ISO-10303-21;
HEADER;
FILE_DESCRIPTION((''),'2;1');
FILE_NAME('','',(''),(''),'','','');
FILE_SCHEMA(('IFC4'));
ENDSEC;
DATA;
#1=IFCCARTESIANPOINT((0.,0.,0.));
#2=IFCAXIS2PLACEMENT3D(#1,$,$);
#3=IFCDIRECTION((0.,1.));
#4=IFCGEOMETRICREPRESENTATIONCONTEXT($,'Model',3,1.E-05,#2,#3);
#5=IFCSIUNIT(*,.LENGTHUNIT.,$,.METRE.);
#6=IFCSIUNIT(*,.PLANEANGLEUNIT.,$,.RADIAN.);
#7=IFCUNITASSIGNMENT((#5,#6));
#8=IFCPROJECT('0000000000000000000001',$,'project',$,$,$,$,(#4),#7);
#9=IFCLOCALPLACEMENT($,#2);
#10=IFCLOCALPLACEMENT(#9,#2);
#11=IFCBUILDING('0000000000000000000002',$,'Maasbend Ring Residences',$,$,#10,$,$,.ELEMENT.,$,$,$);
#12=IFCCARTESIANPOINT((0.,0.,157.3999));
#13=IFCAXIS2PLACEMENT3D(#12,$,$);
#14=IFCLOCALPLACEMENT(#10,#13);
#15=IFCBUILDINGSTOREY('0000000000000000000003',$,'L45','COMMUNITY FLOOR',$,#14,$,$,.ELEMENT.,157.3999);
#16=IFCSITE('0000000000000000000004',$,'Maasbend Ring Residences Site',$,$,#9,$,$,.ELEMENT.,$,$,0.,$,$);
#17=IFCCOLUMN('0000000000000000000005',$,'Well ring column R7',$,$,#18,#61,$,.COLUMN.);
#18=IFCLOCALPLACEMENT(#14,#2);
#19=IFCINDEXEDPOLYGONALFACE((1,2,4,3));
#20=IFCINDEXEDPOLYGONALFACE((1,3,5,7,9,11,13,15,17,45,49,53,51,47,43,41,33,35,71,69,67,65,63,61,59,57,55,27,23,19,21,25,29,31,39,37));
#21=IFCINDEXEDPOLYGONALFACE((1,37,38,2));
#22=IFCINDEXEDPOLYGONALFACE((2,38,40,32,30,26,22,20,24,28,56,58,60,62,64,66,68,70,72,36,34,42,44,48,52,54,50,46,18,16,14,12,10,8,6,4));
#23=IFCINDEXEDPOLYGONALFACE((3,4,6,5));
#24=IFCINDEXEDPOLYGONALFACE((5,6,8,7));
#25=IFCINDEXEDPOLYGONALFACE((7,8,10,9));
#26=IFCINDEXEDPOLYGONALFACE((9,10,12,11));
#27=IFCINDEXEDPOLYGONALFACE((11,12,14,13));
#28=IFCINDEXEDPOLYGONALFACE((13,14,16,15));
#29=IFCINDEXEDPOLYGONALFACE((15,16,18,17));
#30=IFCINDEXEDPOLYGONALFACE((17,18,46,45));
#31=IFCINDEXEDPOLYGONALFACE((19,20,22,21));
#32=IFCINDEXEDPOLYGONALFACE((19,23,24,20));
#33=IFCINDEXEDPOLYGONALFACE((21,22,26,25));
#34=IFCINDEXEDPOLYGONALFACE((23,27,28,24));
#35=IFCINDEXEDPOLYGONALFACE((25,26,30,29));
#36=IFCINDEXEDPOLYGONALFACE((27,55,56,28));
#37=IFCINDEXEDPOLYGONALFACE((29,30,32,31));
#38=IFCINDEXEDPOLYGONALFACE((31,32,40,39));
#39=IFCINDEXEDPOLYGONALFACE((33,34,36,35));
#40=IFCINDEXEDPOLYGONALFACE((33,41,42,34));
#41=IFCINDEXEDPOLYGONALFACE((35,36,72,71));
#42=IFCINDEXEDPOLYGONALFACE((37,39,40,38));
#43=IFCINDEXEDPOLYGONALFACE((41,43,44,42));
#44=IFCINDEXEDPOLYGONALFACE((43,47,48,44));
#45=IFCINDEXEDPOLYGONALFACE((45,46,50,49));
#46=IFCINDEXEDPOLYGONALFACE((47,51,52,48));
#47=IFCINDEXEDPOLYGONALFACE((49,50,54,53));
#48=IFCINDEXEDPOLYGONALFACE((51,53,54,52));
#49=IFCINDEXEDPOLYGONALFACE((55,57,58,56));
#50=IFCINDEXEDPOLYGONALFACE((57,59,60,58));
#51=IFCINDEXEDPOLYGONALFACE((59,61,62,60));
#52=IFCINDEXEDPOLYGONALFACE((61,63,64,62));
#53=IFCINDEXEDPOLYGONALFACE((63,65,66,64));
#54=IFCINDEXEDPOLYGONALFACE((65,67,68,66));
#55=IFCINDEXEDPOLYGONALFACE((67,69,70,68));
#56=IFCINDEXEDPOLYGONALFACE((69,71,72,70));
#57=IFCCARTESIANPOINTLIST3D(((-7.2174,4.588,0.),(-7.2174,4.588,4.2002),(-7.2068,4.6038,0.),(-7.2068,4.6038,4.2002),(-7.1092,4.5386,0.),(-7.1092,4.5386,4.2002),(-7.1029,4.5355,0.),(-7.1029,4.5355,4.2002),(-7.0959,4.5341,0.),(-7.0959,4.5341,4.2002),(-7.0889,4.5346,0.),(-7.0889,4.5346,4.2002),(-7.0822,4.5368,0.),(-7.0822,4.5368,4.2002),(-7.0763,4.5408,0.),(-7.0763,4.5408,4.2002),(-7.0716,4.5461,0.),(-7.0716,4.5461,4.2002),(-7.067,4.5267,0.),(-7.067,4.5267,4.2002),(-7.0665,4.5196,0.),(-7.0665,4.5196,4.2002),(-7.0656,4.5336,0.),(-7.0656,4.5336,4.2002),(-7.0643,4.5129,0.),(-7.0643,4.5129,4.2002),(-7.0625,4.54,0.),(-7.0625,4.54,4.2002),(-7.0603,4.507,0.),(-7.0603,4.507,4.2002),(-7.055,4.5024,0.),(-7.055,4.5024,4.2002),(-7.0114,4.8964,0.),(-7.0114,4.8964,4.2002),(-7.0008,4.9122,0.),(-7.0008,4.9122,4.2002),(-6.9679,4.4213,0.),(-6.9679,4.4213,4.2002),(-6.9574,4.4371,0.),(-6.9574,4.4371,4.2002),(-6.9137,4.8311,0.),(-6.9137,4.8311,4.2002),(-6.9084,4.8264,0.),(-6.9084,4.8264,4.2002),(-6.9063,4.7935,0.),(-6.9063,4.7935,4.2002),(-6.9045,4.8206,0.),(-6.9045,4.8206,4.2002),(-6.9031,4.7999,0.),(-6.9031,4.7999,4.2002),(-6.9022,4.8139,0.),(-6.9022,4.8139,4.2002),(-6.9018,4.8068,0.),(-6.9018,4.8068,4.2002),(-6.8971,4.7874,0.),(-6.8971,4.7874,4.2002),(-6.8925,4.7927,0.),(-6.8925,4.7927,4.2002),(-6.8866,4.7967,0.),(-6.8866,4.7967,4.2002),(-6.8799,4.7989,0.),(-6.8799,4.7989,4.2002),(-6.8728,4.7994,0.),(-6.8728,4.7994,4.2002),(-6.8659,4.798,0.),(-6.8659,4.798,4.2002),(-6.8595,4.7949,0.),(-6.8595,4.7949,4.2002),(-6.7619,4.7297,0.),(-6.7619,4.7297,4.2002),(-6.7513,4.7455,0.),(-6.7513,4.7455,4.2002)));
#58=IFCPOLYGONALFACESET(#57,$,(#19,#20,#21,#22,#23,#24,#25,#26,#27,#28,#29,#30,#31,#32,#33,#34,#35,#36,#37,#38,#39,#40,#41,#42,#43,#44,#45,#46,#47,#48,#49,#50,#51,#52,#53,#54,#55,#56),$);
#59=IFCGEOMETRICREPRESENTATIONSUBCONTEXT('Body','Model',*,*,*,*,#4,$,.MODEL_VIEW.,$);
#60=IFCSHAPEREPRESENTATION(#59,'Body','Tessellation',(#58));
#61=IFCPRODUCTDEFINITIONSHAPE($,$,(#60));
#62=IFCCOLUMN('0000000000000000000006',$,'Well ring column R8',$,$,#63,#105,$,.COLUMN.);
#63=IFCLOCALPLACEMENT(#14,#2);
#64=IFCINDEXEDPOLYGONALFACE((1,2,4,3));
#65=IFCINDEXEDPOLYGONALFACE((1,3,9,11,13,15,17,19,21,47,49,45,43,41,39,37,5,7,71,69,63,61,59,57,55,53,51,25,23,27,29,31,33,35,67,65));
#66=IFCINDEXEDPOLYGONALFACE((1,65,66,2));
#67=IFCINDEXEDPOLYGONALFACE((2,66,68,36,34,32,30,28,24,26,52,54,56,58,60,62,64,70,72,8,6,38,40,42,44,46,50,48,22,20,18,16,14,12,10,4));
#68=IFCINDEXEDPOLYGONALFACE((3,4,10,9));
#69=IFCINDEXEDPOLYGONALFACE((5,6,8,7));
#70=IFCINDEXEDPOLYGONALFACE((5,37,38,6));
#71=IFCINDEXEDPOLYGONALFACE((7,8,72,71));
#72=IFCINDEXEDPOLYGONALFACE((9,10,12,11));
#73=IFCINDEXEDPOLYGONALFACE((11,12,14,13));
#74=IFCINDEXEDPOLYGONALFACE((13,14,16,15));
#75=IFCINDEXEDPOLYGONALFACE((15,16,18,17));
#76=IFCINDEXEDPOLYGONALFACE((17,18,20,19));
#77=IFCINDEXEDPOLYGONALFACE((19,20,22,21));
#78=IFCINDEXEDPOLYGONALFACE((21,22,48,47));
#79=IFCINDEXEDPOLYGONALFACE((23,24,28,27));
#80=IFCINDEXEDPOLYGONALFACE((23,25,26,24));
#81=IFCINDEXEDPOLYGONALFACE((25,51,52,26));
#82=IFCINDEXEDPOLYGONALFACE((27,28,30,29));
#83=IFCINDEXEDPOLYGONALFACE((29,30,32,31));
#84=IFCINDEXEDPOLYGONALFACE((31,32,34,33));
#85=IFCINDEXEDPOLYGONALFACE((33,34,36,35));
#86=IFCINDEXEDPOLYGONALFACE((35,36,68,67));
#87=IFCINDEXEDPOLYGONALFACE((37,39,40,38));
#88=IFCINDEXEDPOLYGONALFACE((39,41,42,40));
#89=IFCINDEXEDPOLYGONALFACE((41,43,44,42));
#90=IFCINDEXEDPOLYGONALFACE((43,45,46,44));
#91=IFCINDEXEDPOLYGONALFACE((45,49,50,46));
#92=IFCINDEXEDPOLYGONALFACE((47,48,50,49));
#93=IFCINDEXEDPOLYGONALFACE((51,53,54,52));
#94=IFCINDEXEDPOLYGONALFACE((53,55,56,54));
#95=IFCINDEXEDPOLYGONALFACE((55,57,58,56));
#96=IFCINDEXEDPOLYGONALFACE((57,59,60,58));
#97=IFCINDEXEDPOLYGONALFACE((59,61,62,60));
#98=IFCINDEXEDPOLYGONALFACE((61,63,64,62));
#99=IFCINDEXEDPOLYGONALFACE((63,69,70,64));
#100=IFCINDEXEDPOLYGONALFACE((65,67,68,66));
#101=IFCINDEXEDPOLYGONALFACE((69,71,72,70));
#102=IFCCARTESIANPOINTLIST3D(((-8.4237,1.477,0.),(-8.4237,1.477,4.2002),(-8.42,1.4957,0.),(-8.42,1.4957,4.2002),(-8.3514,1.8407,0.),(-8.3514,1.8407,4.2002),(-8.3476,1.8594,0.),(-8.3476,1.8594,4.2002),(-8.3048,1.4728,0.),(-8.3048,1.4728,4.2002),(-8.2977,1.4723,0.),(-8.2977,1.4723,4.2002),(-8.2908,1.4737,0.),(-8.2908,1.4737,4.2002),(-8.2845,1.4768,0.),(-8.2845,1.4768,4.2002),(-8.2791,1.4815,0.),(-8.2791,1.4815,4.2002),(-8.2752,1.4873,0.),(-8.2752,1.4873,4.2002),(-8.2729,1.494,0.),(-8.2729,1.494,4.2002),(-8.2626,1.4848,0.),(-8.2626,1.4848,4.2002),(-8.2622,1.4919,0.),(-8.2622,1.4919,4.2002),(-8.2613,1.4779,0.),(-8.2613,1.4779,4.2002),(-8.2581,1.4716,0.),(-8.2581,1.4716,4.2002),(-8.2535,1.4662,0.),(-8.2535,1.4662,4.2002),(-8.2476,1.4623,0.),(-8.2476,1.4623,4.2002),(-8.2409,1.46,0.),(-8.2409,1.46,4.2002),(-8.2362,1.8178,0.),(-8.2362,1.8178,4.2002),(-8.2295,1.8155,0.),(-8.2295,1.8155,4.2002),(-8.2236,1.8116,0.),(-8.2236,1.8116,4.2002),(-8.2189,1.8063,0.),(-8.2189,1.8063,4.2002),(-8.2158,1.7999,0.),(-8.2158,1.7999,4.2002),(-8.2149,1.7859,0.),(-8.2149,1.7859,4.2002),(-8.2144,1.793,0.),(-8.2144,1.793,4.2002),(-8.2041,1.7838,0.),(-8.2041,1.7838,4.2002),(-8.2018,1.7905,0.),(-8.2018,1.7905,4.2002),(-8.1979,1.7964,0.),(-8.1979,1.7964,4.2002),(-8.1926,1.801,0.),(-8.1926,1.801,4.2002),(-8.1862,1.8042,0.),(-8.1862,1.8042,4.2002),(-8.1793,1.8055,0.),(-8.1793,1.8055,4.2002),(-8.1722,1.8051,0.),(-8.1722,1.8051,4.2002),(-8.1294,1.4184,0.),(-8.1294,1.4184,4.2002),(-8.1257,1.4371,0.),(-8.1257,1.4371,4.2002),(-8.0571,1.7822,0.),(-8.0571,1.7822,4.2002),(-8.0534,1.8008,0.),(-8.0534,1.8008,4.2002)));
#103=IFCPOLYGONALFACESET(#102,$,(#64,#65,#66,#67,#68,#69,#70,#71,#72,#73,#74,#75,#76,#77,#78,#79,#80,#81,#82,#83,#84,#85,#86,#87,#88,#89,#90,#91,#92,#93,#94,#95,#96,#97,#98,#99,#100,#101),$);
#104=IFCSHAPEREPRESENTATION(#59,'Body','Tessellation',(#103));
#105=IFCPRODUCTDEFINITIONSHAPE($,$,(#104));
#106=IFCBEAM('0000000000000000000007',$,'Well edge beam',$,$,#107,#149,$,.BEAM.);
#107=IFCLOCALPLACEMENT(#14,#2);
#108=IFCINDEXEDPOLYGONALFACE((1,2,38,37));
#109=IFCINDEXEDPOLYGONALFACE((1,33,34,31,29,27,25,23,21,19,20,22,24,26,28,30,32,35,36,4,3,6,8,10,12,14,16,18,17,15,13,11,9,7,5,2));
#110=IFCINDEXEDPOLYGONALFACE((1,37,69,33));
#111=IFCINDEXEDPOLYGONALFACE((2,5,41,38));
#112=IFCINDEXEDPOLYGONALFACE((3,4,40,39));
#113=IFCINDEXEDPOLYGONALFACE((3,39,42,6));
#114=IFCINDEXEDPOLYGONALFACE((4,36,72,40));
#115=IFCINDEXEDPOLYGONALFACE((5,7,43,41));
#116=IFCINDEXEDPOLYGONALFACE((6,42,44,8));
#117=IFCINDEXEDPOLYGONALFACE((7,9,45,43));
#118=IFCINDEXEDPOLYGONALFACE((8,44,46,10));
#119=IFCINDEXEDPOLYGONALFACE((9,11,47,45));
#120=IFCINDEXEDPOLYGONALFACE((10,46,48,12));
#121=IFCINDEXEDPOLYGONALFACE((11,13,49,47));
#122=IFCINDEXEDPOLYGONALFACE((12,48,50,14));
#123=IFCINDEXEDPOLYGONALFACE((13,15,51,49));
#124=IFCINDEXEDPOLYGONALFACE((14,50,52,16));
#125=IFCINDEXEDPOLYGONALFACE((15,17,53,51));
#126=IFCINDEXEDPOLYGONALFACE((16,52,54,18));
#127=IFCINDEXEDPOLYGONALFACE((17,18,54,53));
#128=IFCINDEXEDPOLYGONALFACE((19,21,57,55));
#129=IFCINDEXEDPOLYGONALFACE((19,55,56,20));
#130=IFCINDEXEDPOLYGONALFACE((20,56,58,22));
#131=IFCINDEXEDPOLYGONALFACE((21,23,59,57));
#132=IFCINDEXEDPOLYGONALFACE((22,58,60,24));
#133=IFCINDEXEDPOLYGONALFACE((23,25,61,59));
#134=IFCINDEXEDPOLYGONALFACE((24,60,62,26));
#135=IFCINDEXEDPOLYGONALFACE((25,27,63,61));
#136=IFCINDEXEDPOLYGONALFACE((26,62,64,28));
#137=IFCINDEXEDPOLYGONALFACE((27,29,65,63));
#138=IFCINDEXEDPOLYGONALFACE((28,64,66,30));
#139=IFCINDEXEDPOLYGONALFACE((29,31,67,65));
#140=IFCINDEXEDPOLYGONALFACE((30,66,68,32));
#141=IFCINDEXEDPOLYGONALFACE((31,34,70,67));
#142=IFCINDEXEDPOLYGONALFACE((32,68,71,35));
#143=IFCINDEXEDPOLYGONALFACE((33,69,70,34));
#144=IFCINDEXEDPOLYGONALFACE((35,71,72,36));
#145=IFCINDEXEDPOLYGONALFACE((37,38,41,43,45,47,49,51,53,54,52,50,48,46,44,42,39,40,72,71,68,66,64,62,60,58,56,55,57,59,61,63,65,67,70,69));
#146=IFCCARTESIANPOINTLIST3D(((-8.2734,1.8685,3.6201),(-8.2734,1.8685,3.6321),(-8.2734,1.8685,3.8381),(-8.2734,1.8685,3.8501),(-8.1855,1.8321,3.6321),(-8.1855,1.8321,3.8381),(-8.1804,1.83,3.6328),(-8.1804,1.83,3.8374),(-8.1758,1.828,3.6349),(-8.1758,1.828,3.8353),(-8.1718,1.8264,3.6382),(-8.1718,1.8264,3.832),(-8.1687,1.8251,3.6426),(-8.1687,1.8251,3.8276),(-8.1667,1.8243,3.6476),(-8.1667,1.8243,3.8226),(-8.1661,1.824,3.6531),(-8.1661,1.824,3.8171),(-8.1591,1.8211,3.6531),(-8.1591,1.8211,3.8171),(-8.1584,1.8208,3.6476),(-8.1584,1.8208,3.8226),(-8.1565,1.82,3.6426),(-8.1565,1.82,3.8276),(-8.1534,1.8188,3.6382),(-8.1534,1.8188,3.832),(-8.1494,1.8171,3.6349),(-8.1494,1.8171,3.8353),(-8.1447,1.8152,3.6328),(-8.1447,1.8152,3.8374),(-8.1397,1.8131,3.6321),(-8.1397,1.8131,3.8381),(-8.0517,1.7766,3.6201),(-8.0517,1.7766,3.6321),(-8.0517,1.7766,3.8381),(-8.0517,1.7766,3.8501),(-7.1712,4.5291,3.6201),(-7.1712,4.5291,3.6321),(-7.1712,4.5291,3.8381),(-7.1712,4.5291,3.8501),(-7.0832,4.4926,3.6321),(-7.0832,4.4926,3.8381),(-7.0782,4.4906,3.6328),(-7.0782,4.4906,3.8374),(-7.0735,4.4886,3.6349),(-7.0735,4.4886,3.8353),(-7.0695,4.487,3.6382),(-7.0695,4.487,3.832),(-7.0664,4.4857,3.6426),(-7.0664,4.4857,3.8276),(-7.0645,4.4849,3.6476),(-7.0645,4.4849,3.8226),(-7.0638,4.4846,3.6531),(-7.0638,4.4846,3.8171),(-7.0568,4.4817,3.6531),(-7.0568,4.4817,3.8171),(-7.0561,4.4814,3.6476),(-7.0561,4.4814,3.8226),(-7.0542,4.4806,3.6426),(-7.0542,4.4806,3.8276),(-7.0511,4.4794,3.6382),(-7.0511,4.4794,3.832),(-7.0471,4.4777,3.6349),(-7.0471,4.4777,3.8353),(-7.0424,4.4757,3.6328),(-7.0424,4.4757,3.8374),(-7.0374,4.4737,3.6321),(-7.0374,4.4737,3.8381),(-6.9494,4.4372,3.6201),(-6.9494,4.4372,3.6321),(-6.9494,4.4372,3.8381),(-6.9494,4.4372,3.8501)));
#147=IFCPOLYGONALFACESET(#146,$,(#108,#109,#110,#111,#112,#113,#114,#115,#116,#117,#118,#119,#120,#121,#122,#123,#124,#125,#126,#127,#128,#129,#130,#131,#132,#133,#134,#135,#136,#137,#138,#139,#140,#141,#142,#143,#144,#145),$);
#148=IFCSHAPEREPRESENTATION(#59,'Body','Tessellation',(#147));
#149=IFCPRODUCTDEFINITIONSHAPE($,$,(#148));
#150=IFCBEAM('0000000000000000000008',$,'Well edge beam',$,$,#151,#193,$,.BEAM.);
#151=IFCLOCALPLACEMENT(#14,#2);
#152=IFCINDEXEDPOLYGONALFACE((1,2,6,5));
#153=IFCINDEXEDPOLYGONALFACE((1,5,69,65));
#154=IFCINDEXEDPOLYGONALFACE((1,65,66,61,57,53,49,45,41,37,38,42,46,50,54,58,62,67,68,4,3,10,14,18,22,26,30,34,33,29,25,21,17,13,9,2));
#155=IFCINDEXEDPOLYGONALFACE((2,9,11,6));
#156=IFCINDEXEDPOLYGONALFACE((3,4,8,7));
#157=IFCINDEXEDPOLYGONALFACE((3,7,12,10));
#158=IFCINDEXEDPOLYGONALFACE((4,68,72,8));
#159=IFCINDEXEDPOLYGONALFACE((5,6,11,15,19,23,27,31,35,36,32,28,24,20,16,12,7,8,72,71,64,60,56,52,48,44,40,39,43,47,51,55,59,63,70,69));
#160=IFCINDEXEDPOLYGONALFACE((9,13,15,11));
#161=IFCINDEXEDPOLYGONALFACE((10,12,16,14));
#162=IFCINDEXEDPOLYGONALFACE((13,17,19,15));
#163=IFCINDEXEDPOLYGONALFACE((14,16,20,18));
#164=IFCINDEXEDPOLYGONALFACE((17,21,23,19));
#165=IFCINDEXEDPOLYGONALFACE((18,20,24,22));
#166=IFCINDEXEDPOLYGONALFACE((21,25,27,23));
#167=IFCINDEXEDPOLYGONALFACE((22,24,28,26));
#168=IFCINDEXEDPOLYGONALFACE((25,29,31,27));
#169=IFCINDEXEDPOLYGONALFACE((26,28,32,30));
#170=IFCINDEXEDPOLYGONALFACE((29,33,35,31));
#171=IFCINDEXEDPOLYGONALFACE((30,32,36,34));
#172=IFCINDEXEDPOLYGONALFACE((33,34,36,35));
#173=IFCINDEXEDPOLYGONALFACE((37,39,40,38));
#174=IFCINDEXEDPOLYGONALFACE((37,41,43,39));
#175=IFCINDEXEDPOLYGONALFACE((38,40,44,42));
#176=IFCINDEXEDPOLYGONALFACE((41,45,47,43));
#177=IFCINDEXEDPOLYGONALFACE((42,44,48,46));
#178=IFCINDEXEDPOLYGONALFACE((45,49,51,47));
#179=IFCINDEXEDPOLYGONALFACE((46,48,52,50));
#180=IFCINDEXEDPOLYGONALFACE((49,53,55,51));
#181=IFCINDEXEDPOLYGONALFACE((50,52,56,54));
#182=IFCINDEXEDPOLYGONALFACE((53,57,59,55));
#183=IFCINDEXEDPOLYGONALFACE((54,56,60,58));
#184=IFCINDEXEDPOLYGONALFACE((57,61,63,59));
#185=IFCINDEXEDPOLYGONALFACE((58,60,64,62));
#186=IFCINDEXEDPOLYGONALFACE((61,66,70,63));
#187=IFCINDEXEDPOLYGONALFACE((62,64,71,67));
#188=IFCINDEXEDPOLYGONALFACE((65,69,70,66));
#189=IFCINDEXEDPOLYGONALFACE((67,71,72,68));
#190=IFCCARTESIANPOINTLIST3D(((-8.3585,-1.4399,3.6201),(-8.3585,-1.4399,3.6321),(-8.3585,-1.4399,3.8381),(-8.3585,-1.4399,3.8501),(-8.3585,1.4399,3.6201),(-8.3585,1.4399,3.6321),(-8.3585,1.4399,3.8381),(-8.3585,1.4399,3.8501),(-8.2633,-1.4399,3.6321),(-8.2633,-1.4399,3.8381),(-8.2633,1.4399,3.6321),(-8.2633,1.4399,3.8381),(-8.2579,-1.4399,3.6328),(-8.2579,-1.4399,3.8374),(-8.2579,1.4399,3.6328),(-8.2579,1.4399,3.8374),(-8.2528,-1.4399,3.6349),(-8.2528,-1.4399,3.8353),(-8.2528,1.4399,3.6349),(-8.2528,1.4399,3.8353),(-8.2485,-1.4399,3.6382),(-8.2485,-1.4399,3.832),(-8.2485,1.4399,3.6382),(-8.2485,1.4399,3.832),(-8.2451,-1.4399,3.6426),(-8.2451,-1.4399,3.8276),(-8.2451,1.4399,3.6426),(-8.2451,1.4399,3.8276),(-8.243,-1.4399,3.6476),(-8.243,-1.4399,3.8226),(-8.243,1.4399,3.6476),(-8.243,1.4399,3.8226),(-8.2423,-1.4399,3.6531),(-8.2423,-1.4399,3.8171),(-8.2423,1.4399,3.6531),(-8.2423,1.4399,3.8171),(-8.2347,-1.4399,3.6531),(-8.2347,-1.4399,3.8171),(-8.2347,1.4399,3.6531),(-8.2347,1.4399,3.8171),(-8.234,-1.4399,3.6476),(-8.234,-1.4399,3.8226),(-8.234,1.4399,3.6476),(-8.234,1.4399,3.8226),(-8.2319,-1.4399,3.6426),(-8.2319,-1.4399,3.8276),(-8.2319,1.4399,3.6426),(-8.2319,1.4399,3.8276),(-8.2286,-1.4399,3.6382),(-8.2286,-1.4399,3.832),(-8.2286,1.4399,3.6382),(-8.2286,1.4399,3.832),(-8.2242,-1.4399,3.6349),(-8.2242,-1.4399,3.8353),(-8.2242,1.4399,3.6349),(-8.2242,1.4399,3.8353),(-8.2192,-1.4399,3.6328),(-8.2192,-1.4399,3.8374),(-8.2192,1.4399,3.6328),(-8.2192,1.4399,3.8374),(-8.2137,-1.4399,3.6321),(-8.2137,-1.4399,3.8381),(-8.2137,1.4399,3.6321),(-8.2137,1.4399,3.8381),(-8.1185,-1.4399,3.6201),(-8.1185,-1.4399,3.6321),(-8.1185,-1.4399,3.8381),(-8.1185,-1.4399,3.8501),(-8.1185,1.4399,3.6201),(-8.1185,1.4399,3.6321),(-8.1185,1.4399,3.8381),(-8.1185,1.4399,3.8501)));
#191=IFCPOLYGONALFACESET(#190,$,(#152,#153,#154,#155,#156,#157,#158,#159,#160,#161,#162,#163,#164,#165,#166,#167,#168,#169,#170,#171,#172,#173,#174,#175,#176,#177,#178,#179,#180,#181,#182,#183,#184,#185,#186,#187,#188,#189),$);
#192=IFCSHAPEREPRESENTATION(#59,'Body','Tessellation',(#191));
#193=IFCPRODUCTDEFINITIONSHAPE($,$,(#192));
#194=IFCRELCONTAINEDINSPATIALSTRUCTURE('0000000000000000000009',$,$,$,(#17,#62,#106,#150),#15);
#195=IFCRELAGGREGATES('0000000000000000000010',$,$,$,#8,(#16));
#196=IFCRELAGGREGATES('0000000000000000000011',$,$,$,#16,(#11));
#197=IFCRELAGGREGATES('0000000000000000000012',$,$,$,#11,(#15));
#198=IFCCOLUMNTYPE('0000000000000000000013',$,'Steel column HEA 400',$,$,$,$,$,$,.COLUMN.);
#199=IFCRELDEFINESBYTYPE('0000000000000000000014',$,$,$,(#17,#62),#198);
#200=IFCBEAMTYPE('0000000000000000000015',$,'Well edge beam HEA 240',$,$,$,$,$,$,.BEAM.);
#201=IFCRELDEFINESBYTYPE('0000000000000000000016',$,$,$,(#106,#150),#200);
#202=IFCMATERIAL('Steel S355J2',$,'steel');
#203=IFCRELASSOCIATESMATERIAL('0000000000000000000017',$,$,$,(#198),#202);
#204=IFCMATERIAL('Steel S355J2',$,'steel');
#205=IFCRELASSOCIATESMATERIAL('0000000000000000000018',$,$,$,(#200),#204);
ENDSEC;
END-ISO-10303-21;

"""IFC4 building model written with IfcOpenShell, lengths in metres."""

from ifc_helpers import new_model, si_unit, direction, frame, origin, origin_2d, place, context, subcontext, project, spatial, i_section, extrude, material, material_profile, profile_set, type_object, element, save


model = new_model("IFC4")

# Units and contexts
model_context = context("Model", 3, precision=1e-05, world=origin(), true_north=direction((0.0, 1.0)))
body_context = subcontext(model_context, "Body", "Model", "MODEL_VIEW")
ifc_project = project(units=[si_unit("LENGTHUNIT", "METRE"), si_unit("PLANEANGLEUNIT", "RADIAN")], contexts=[model_context])

# Site, building, storey
site_placement = place(None, origin())
site = spatial("IfcSite", under=ifc_project, at=site_placement, Name="Maasbend Ring Residences Site", CompositionType="ELEMENT", RefElevation=0.0)
building_placement = place(site_placement, origin())
building = spatial("IfcBuilding", under=site, at=building_placement, Name="Maasbend Ring Residences", CompositionType="ELEMENT")
storey_placement = place(building_placement, frame((0.0, 0.0, 157.3999)))
storey = spatial("IfcBuildingStorey", under=building, at=storey_placement, Name="L45", Description="COMMUNITY FLOOR", CompositionType="ELEMENT", Elevation=157.3999)

# Columns
ifc_material_1 = material(Name="Steel S355J2", Category="steel")
ifc_material_profile_1 = material_profile(ifc_material_1, i_section(OverallWidth=0.3, OverallDepth=0.3899, WebThickness=0.011, FlangeThickness=0.019, FilletRadius=0.0271, at=origin_2d()), Name="HEA 400")
ifc_profile_set_1 = profile_set([ifc_material_profile_1], Name="Steel S355J2")
column_type = type_object("IfcColumnType", Name="Steel column HEA 400", PredefinedType="COLUMN", material=ifc_profile_set_1)
for number, where, z_axis, x_axis, name in (
    (1, (-6.9844, 4.6667, 0.0), (0.0, 0.0, 1.0), (-0.83147, 0.55557, 0.0), "Well ring column R7"),
    (2, (-8.2385, 1.6389, 0.0), (0.0, 0.0, 1.0), (-0.980785, 0.19509, 0.0), "Well ring column R8"),
):
    element("IfcColumn", number, at=place(storey_placement, frame(where, z_axis=z_axis, x_axis=x_axis)), inside=storey, type_object=column_type, Name=name, PredefinedType="COLUMN", context=body_context, shape_type="SweptSolid", body=[
        extrude(i_section(OverallWidth=0.3, OverallDepth=0.3899, WebThickness=0.011, FlangeThickness=0.019, FilletRadius=0.0271, at=origin_2d()), origin(), (0.0, 0.0, 1.0), 4.2002),
    ])

# Beams
ifc_material_2 = material(Name="Steel S355J2", Category="steel")
ifc_material_profile_2 = material_profile(ifc_material_2, i_section(OverallWidth=0.24, OverallDepth=0.23, WebThickness=0.0076, FlangeThickness=0.012, FilletRadius=0.021, at=origin_2d()), Name="HEA 240")
ifc_profile_set_2 = profile_set([ifc_material_profile_2], Name="Steel S355J2")
beam_type = type_object("IfcBeamType", Name="Well edge beam HEA 240", PredefinedType="BEAM", material=ifc_profile_set_2)
for number, where, z_axis, x_axis, name in (
    (3, (-7.0603, 4.4832, 3.7351), (-0.382749, -0.923853, 0.0), (0.923853, -0.382749, 0.0), "Well edge beam"),
    (4, (-8.2385, 1.4399, 3.7351), (0.0, -1.0, 0.0), (1.0, 0.0, 0.0), "Well edge beam"),
):
    element("IfcBeam", number, at=place(storey_placement, frame(where, z_axis=z_axis, x_axis=x_axis)), inside=storey, type_object=beam_type, Name=name, PredefinedType="BEAM", context=body_context, shape_type="SweptSolid", body=[
        extrude(i_section(OverallWidth=0.24, OverallDepth=0.23, WebThickness=0.0076, FlangeThickness=0.012, FilletRadius=0.021, at=origin_2d()), origin(), (0.0, 0.0, 1.0), 2.8799),
    ])

save(model, "model.ifc")
